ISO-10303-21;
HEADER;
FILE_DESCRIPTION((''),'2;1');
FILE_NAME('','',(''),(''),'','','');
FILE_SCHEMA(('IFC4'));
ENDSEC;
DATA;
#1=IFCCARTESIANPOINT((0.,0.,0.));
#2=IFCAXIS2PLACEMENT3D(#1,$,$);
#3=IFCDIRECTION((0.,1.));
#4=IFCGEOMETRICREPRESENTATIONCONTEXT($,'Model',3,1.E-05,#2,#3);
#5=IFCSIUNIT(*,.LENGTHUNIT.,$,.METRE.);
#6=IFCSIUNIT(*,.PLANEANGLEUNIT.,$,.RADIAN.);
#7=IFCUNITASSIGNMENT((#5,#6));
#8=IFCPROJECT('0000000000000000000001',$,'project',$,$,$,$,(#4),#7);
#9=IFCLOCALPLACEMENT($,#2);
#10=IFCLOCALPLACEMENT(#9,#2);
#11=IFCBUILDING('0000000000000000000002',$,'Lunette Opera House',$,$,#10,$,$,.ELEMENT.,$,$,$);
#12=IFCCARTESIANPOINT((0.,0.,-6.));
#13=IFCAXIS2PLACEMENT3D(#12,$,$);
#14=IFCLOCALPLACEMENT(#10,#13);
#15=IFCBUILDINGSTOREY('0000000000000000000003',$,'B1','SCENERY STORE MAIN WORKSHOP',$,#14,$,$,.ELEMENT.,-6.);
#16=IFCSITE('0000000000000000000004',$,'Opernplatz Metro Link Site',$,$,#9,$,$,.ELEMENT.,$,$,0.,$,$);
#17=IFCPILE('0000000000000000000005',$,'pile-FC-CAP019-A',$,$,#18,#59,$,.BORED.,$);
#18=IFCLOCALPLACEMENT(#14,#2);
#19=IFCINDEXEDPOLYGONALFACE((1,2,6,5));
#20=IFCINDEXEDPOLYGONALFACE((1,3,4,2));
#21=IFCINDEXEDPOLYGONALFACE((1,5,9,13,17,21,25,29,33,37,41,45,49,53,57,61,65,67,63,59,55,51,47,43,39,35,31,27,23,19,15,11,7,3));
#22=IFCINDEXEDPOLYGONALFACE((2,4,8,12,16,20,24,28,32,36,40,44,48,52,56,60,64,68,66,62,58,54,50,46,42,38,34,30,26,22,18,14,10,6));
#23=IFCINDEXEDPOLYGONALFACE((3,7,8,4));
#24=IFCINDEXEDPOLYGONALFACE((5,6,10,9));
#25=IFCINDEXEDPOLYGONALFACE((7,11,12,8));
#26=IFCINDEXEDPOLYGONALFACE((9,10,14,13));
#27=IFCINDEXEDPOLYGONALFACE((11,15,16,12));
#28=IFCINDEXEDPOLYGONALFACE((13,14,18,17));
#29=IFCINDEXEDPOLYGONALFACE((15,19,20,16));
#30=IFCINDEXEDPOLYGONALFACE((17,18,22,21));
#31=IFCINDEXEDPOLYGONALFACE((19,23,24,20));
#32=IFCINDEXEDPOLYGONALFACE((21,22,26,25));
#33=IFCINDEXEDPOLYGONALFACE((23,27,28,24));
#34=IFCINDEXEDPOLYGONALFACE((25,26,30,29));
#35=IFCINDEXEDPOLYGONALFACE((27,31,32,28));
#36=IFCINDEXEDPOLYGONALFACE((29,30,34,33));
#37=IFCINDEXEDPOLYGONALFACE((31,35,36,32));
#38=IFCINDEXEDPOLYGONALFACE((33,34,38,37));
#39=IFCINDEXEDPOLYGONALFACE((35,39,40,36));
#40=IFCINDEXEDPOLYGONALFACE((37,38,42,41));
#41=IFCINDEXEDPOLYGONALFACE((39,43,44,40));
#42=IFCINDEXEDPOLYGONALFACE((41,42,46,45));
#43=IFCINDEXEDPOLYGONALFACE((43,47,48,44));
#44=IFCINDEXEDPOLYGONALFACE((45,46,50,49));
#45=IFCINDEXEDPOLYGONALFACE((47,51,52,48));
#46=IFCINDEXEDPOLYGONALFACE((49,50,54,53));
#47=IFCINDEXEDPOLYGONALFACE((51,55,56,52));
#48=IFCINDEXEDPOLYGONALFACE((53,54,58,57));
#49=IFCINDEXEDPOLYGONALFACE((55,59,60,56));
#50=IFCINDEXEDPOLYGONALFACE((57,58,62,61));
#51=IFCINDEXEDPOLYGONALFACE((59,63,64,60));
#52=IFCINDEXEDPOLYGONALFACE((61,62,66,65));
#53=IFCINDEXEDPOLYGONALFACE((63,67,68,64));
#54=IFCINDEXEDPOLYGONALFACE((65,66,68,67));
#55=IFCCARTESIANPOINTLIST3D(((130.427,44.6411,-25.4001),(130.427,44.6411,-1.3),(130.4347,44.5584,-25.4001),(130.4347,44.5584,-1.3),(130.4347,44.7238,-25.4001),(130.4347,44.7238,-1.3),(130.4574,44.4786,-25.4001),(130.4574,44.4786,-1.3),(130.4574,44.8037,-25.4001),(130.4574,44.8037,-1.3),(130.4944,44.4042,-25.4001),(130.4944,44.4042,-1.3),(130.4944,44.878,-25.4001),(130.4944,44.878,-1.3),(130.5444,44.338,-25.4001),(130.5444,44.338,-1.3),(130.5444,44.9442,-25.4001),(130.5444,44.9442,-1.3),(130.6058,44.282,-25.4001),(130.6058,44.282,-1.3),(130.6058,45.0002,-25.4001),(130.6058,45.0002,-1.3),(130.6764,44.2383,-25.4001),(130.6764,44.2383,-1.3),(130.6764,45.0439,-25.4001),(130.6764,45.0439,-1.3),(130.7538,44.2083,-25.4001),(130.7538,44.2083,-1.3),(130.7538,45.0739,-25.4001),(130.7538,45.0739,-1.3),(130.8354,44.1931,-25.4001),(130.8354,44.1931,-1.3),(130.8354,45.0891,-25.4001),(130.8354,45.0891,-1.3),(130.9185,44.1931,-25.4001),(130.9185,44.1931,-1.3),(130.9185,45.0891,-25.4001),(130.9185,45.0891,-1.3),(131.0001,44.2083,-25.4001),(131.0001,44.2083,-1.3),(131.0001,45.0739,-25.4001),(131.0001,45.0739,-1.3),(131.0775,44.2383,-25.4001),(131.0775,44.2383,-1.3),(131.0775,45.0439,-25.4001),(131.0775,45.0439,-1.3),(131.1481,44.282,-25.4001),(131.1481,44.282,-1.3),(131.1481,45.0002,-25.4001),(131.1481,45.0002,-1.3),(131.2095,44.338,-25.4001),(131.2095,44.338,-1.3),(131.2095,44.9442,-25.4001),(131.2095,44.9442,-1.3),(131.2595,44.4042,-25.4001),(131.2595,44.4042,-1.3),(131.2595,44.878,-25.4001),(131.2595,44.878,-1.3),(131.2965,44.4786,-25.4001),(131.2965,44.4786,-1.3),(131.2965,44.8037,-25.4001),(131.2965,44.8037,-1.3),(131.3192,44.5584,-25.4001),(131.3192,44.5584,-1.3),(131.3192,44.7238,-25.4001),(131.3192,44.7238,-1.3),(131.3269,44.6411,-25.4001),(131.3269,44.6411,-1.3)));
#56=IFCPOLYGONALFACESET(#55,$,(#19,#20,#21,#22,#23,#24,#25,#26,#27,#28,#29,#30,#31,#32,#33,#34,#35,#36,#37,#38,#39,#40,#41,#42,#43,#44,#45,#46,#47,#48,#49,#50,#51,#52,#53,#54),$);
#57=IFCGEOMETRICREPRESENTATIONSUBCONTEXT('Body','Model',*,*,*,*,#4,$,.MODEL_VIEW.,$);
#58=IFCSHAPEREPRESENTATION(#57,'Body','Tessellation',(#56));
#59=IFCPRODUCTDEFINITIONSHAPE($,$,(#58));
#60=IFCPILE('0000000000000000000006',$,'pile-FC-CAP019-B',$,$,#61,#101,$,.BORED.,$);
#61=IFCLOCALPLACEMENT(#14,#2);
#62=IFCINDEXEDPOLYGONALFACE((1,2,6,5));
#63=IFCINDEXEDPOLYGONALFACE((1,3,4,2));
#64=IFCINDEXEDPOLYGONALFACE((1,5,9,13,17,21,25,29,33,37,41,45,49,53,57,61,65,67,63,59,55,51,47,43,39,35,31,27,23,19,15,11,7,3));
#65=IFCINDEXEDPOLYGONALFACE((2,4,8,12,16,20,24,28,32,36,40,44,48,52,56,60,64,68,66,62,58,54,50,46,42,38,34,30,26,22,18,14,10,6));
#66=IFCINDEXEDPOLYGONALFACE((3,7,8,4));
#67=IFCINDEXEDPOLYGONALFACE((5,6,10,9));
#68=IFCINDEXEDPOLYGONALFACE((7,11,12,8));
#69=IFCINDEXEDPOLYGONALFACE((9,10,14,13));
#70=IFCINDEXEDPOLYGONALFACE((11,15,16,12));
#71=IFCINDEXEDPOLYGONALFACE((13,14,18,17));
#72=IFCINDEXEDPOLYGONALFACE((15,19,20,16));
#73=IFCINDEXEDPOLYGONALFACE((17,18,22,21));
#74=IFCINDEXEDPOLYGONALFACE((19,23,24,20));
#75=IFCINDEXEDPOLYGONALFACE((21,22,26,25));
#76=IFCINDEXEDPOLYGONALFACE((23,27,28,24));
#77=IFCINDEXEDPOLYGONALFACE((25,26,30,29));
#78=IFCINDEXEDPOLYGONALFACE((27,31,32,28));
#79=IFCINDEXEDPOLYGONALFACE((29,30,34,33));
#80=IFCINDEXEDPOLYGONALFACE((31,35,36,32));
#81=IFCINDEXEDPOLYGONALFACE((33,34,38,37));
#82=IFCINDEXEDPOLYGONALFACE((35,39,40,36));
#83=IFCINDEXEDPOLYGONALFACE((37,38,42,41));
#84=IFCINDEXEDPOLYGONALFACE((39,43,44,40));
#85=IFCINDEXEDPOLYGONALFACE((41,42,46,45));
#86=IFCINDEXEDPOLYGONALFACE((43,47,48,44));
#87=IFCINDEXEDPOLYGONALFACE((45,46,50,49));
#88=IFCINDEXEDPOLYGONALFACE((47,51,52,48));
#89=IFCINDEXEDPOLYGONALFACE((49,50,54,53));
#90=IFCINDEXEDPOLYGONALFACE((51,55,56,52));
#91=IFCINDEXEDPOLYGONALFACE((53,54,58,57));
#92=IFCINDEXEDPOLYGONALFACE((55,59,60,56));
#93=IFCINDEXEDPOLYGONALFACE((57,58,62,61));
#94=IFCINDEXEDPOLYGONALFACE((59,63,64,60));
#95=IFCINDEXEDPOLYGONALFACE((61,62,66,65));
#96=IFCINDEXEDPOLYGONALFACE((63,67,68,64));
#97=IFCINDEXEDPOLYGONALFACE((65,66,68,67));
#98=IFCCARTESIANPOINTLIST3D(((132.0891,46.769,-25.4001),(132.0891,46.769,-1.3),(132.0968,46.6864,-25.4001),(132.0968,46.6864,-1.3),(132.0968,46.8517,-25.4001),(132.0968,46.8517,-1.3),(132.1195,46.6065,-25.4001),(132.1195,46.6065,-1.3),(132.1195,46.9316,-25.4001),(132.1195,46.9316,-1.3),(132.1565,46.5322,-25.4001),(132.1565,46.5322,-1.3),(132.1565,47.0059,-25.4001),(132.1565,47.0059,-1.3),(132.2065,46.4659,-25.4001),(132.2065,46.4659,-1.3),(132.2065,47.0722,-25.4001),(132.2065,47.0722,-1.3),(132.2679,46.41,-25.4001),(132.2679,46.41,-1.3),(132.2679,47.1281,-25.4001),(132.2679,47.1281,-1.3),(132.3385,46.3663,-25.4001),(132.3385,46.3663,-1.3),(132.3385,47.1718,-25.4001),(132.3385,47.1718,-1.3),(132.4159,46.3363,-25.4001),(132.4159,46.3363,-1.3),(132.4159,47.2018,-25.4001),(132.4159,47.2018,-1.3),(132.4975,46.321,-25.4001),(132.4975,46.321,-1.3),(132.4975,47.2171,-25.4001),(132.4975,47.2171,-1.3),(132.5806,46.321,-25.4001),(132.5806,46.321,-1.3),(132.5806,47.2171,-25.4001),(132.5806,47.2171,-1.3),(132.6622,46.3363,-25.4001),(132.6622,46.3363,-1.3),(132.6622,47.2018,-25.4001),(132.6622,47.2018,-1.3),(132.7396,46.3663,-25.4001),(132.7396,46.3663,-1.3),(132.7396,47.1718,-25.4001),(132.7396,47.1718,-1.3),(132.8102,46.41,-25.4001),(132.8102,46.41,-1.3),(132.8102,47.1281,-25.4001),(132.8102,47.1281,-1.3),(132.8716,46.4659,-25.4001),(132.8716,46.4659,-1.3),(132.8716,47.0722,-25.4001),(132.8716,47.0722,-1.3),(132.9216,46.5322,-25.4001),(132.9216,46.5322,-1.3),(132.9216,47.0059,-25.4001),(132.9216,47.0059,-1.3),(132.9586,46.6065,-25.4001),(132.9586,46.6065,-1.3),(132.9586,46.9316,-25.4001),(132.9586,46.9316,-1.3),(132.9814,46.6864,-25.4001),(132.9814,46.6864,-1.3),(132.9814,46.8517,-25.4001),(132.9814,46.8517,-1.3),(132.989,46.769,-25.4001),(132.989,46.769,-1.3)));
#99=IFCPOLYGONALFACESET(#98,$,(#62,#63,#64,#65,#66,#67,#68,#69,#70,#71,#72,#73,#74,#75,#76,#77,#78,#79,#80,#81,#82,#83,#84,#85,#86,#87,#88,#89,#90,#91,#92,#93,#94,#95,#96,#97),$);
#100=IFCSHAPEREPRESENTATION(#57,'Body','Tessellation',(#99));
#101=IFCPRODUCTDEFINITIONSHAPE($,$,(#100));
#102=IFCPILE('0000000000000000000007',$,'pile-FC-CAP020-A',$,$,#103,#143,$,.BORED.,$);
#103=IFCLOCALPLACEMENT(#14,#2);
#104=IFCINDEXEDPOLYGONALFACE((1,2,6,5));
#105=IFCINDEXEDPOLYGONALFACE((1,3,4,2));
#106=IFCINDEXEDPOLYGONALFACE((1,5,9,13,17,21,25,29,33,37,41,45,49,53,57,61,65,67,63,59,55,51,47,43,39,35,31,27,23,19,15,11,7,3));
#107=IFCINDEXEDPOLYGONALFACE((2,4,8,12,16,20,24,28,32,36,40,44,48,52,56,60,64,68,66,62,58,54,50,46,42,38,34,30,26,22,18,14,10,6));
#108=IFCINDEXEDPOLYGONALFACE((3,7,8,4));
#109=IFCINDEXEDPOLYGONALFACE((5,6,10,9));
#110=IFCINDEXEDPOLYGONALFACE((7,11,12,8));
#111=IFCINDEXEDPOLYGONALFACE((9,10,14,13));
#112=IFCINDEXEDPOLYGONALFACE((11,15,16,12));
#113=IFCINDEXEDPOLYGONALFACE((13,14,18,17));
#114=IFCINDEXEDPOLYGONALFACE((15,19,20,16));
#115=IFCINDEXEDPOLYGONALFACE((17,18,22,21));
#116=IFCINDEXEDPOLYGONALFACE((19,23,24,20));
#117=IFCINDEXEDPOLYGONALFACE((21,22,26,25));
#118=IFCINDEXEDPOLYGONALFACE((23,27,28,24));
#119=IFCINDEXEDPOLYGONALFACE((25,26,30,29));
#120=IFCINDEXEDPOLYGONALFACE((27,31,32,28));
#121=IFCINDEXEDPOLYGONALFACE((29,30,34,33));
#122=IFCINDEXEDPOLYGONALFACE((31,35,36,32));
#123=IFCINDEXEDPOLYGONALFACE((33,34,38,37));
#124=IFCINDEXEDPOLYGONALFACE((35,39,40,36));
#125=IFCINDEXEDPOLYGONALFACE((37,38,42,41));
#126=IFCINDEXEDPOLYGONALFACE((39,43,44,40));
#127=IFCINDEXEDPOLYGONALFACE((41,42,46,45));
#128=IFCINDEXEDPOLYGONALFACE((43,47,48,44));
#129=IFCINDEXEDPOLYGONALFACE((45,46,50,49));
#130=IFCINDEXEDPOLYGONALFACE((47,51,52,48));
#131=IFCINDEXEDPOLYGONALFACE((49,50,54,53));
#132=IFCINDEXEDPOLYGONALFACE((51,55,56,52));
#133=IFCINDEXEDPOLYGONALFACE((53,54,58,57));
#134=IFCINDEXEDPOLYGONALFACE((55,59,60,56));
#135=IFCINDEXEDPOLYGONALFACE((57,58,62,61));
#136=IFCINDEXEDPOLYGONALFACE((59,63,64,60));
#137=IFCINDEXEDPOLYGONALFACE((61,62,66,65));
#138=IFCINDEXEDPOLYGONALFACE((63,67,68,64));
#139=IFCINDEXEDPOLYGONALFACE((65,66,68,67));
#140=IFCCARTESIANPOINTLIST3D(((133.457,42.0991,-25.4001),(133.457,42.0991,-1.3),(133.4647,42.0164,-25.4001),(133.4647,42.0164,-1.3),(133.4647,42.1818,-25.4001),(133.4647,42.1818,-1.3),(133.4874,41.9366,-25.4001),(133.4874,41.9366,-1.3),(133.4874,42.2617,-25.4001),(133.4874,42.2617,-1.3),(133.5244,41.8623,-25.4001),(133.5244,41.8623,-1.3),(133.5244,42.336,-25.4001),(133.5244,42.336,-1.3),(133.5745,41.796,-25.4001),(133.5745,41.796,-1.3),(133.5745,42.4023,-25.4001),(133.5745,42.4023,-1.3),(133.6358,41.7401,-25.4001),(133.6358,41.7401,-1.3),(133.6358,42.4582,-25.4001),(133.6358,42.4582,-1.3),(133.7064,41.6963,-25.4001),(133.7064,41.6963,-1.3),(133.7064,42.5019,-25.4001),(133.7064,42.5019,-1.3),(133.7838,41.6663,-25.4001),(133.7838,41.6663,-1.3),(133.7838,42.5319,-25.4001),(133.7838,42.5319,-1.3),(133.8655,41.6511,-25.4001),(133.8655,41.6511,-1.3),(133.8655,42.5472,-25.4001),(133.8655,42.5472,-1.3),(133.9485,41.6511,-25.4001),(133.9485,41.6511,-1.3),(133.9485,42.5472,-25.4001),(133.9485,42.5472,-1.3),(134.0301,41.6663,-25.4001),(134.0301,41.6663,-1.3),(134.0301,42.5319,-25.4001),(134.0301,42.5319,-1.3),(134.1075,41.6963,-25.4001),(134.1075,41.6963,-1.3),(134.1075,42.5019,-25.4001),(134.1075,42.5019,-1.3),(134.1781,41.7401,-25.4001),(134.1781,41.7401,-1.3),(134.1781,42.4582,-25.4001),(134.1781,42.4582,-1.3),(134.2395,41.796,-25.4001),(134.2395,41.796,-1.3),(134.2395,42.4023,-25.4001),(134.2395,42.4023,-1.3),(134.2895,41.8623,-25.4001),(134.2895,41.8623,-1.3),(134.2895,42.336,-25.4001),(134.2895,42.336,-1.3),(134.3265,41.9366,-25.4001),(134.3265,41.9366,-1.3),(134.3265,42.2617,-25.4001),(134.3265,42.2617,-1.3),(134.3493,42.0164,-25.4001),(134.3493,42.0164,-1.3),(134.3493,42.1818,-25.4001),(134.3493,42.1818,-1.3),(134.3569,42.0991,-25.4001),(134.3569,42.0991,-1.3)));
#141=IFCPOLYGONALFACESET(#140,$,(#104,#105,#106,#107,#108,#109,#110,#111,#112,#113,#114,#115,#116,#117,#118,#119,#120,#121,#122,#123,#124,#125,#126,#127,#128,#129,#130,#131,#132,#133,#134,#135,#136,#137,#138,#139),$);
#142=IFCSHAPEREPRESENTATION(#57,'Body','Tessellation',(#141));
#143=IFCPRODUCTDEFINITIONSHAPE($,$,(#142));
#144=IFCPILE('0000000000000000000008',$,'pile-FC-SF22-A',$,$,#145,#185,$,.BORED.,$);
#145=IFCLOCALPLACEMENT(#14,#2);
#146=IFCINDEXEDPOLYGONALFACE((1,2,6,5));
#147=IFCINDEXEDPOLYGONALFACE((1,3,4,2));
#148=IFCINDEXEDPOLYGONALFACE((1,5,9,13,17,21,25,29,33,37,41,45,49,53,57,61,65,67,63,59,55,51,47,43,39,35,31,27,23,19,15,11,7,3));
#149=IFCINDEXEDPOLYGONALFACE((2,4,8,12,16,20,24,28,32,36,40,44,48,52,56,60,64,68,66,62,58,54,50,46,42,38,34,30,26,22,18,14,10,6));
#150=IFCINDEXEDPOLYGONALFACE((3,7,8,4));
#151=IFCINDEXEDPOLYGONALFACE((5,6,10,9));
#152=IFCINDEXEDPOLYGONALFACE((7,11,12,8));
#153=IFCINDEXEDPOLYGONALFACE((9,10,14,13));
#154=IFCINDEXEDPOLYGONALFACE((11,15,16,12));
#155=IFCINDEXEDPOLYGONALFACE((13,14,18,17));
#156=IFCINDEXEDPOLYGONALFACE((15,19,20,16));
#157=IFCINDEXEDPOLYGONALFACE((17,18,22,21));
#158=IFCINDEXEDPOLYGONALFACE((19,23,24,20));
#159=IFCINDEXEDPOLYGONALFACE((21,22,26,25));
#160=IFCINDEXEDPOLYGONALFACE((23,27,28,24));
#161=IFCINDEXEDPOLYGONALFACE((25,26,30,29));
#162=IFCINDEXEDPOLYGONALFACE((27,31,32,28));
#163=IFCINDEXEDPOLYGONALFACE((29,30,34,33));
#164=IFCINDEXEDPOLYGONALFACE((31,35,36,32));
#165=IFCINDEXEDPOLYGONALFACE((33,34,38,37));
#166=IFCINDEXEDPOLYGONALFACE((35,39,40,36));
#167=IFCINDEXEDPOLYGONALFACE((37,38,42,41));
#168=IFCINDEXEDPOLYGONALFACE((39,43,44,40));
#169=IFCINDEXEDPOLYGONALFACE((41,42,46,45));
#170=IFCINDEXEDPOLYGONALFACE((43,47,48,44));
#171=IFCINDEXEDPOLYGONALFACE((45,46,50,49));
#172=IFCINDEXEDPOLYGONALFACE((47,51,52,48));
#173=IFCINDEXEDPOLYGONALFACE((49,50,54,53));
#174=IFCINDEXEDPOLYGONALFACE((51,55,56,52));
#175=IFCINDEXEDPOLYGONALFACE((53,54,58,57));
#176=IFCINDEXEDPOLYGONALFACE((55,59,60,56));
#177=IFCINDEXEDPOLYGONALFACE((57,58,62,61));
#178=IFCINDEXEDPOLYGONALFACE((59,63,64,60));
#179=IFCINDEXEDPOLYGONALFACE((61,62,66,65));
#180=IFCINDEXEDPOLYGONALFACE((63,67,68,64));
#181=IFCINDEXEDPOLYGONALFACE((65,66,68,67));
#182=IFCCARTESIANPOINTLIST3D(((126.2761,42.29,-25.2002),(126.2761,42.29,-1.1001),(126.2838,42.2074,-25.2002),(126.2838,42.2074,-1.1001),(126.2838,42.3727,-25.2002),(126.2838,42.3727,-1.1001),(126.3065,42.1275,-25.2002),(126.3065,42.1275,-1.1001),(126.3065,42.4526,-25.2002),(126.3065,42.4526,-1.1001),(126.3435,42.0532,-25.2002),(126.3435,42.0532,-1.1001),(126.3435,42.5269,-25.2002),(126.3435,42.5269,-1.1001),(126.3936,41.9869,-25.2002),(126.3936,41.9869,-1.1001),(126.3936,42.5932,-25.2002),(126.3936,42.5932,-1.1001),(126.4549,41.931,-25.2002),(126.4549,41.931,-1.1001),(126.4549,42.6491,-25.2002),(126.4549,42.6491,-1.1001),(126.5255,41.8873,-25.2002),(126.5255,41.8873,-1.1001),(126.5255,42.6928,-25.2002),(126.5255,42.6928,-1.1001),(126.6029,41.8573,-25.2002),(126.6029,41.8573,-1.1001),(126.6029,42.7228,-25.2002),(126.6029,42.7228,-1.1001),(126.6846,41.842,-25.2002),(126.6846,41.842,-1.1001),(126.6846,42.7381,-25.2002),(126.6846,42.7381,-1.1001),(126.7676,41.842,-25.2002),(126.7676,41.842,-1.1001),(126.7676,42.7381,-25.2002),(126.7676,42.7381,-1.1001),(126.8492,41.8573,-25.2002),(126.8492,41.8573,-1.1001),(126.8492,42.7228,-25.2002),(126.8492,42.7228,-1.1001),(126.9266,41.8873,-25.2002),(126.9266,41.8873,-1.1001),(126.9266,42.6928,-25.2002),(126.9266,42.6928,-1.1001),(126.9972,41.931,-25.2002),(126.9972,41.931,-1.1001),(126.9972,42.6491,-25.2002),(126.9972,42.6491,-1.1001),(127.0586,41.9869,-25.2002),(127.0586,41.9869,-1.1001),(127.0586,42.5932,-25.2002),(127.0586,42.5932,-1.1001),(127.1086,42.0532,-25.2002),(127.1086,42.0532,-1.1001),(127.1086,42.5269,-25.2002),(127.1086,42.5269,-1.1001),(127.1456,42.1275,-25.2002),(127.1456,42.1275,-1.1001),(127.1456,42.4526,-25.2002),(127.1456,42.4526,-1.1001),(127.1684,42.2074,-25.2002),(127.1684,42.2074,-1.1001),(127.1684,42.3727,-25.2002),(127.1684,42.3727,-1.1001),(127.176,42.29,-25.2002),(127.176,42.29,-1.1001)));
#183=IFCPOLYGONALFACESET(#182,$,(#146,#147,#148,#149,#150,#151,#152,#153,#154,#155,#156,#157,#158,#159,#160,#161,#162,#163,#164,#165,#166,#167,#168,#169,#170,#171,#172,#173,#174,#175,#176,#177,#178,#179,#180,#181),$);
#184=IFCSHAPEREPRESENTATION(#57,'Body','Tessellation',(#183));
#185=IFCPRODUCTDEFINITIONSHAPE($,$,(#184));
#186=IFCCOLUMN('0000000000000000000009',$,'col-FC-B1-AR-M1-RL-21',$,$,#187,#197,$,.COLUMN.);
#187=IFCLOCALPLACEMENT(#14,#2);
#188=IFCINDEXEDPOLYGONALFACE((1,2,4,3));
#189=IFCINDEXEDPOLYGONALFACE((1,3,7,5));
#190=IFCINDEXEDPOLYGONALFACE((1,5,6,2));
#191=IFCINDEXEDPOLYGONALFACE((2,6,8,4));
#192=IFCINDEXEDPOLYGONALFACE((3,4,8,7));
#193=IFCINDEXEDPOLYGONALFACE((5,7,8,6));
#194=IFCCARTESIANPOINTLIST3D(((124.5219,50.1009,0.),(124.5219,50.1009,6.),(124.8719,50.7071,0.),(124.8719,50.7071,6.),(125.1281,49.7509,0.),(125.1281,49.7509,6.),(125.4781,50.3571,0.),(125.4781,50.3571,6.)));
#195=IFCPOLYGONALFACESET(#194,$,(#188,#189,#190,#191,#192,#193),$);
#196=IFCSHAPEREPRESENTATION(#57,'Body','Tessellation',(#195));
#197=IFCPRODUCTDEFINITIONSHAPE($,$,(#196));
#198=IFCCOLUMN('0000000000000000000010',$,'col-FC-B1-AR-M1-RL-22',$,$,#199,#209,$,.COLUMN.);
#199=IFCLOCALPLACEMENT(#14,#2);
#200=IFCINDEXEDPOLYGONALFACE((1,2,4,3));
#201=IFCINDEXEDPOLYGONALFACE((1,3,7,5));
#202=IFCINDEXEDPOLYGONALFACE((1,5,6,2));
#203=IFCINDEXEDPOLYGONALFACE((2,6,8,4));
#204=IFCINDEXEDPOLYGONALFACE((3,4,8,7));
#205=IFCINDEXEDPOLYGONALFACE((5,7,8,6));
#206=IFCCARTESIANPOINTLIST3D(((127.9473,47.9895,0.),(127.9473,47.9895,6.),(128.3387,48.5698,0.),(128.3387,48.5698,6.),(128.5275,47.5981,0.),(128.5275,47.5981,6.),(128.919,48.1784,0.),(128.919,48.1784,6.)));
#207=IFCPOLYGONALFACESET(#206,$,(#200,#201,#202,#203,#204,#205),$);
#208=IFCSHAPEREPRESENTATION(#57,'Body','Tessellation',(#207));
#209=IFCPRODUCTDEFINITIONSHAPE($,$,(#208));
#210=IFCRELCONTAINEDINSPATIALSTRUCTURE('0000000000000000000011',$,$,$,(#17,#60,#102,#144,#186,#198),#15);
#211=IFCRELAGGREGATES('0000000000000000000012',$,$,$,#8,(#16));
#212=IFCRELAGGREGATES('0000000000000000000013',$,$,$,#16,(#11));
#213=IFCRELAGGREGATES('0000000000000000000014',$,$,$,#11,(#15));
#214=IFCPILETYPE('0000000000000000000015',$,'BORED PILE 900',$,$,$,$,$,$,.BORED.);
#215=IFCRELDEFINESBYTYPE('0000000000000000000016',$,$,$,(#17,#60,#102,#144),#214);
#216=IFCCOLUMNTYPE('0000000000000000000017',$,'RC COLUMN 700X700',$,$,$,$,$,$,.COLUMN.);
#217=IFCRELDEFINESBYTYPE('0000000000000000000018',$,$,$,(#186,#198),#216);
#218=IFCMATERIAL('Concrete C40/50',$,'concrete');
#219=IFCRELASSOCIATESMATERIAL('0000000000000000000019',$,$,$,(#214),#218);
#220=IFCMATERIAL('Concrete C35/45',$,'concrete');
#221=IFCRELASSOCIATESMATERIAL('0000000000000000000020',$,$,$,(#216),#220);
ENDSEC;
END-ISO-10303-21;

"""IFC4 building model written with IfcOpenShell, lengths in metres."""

from ifc_helpers import new_model, si_unit, direction, frame, origin, origin_2d, place, context, subcontext, project, spatial, rectangle, circle, extrude, material, material_profile, profile_set, type_object, element, save


model = new_model("IFC4")

# Units and contexts
model_context = context("Model", 3, precision=1e-05, world=origin(), true_north=direction((0.0, 1.0)))
body_context = subcontext(model_context, "Body", "Model", "MODEL_VIEW")
ifc_project = project(units=[si_unit("LENGTHUNIT", "METRE"), si_unit("PLANEANGLEUNIT", "RADIAN")], contexts=[model_context])

# Site, building, storey
site_placement = place(None, origin())
site = spatial("IfcSite", under=ifc_project, at=site_placement, Name="Opernplatz Metro Link Site", CompositionType="ELEMENT", RefElevation=0.0)
building_placement = place(site_placement, origin())
building = spatial("IfcBuilding", under=site, at=building_placement, Name="Lunette Opera House", CompositionType="ELEMENT")
storey_placement = place(building_placement, frame((0.0, 0.0, -6.0)))
storey = spatial("IfcBuildingStorey", under=building, at=storey_placement, Name="B1", Description="SCENERY STORE MAIN WORKSHOP", CompositionType="ELEMENT", Elevation=-6.0)

# Piles
ifc_material_1 = material(Name="Concrete C40/50", Category="concrete")
ifc_material_profile_1 = material_profile(ifc_material_1, circle(Radius=0.45, at=origin_2d()), Name="BORED PILE 900")
ifc_profile_set_1 = profile_set([ifc_material_profile_1], Name="Concrete C40/50")
pile_type = type_object("IfcPileType", Name="BORED PILE 900", PredefinedType="BORED", material=ifc_profile_set_1)
for number, where, z_axis, x_axis, name in (
    (1, (130.877, 44.6411, -1.3), (0.0, 0.0, -1.0), (1.0, 0.0, 0.0), "pile-FC-CAP019-A"),
    (2, (132.5391, 46.769, -1.3), (0.0, 0.0, -1.0), (1.0, 0.0, 0.0), "pile-FC-CAP019-B"),
    (3, (133.907, 42.0991, -1.3), (0.0, 0.0, -1.0), (1.0, 0.0, 0.0), "pile-FC-CAP020-A"),
    (4, (126.7261, 42.29, -1.1001), (0.0, 0.0, -1.0), (1.0, 0.0, 0.0), "pile-FC-SF22-A"),
):
    element("IfcPile", number, at=place(storey_placement, frame(where, z_axis=z_axis, x_axis=x_axis)), inside=storey, type_object=pile_type, Name=name, PredefinedType="BORED", context=body_context, shape_type="SweptSolid", body=[
        extrude(circle(Radius=0.45, at=origin_2d()), origin(), (0.0, 0.0, 1.0), 24.1001),
    ])

# Columns
ifc_material_2 = material(Name="Concrete C35/45", Category="concrete")
ifc_material_profile_2 = material_profile(ifc_material_2, rectangle(XDim=0.7, YDim=0.7, at=origin_2d()), Name="RC COLUMN 700X700")
ifc_profile_set_2 = profile_set([ifc_material_profile_2], Name="Concrete C35/45")
column_type = type_object("IfcColumnType", Name="RC COLUMN 700X700", PredefinedType="COLUMN", material=ifc_profile_set_2)
for number, where, z_axis, x_axis, name in (
    (5, (125.0, 50.229, 0.0), (0.0, 0.0, 1.0), (0.866025, -0.5, 0.0), "col-FC-B1-AR-M1-RL-21"),
    (6, (128.4331, 48.084, 0.0), (0.0, 0.0, 1.0), (0.829038, -0.559193, 0.0), "col-FC-B1-AR-M1-RL-22"),
):
    element("IfcColumn", number, at=place(storey_placement, frame(where, z_axis=z_axis, x_axis=x_axis)), inside=storey, type_object=column_type, Name=name, PredefinedType="COLUMN", context=body_context, shape_type="SweptSolid", body=[
        extrude(rectangle(XDim=0.7, YDim=0.7, at=origin_2d()), origin(), (0.0, 0.0, 1.0), 6.0),
    ])

save(model, "model.ifc")
